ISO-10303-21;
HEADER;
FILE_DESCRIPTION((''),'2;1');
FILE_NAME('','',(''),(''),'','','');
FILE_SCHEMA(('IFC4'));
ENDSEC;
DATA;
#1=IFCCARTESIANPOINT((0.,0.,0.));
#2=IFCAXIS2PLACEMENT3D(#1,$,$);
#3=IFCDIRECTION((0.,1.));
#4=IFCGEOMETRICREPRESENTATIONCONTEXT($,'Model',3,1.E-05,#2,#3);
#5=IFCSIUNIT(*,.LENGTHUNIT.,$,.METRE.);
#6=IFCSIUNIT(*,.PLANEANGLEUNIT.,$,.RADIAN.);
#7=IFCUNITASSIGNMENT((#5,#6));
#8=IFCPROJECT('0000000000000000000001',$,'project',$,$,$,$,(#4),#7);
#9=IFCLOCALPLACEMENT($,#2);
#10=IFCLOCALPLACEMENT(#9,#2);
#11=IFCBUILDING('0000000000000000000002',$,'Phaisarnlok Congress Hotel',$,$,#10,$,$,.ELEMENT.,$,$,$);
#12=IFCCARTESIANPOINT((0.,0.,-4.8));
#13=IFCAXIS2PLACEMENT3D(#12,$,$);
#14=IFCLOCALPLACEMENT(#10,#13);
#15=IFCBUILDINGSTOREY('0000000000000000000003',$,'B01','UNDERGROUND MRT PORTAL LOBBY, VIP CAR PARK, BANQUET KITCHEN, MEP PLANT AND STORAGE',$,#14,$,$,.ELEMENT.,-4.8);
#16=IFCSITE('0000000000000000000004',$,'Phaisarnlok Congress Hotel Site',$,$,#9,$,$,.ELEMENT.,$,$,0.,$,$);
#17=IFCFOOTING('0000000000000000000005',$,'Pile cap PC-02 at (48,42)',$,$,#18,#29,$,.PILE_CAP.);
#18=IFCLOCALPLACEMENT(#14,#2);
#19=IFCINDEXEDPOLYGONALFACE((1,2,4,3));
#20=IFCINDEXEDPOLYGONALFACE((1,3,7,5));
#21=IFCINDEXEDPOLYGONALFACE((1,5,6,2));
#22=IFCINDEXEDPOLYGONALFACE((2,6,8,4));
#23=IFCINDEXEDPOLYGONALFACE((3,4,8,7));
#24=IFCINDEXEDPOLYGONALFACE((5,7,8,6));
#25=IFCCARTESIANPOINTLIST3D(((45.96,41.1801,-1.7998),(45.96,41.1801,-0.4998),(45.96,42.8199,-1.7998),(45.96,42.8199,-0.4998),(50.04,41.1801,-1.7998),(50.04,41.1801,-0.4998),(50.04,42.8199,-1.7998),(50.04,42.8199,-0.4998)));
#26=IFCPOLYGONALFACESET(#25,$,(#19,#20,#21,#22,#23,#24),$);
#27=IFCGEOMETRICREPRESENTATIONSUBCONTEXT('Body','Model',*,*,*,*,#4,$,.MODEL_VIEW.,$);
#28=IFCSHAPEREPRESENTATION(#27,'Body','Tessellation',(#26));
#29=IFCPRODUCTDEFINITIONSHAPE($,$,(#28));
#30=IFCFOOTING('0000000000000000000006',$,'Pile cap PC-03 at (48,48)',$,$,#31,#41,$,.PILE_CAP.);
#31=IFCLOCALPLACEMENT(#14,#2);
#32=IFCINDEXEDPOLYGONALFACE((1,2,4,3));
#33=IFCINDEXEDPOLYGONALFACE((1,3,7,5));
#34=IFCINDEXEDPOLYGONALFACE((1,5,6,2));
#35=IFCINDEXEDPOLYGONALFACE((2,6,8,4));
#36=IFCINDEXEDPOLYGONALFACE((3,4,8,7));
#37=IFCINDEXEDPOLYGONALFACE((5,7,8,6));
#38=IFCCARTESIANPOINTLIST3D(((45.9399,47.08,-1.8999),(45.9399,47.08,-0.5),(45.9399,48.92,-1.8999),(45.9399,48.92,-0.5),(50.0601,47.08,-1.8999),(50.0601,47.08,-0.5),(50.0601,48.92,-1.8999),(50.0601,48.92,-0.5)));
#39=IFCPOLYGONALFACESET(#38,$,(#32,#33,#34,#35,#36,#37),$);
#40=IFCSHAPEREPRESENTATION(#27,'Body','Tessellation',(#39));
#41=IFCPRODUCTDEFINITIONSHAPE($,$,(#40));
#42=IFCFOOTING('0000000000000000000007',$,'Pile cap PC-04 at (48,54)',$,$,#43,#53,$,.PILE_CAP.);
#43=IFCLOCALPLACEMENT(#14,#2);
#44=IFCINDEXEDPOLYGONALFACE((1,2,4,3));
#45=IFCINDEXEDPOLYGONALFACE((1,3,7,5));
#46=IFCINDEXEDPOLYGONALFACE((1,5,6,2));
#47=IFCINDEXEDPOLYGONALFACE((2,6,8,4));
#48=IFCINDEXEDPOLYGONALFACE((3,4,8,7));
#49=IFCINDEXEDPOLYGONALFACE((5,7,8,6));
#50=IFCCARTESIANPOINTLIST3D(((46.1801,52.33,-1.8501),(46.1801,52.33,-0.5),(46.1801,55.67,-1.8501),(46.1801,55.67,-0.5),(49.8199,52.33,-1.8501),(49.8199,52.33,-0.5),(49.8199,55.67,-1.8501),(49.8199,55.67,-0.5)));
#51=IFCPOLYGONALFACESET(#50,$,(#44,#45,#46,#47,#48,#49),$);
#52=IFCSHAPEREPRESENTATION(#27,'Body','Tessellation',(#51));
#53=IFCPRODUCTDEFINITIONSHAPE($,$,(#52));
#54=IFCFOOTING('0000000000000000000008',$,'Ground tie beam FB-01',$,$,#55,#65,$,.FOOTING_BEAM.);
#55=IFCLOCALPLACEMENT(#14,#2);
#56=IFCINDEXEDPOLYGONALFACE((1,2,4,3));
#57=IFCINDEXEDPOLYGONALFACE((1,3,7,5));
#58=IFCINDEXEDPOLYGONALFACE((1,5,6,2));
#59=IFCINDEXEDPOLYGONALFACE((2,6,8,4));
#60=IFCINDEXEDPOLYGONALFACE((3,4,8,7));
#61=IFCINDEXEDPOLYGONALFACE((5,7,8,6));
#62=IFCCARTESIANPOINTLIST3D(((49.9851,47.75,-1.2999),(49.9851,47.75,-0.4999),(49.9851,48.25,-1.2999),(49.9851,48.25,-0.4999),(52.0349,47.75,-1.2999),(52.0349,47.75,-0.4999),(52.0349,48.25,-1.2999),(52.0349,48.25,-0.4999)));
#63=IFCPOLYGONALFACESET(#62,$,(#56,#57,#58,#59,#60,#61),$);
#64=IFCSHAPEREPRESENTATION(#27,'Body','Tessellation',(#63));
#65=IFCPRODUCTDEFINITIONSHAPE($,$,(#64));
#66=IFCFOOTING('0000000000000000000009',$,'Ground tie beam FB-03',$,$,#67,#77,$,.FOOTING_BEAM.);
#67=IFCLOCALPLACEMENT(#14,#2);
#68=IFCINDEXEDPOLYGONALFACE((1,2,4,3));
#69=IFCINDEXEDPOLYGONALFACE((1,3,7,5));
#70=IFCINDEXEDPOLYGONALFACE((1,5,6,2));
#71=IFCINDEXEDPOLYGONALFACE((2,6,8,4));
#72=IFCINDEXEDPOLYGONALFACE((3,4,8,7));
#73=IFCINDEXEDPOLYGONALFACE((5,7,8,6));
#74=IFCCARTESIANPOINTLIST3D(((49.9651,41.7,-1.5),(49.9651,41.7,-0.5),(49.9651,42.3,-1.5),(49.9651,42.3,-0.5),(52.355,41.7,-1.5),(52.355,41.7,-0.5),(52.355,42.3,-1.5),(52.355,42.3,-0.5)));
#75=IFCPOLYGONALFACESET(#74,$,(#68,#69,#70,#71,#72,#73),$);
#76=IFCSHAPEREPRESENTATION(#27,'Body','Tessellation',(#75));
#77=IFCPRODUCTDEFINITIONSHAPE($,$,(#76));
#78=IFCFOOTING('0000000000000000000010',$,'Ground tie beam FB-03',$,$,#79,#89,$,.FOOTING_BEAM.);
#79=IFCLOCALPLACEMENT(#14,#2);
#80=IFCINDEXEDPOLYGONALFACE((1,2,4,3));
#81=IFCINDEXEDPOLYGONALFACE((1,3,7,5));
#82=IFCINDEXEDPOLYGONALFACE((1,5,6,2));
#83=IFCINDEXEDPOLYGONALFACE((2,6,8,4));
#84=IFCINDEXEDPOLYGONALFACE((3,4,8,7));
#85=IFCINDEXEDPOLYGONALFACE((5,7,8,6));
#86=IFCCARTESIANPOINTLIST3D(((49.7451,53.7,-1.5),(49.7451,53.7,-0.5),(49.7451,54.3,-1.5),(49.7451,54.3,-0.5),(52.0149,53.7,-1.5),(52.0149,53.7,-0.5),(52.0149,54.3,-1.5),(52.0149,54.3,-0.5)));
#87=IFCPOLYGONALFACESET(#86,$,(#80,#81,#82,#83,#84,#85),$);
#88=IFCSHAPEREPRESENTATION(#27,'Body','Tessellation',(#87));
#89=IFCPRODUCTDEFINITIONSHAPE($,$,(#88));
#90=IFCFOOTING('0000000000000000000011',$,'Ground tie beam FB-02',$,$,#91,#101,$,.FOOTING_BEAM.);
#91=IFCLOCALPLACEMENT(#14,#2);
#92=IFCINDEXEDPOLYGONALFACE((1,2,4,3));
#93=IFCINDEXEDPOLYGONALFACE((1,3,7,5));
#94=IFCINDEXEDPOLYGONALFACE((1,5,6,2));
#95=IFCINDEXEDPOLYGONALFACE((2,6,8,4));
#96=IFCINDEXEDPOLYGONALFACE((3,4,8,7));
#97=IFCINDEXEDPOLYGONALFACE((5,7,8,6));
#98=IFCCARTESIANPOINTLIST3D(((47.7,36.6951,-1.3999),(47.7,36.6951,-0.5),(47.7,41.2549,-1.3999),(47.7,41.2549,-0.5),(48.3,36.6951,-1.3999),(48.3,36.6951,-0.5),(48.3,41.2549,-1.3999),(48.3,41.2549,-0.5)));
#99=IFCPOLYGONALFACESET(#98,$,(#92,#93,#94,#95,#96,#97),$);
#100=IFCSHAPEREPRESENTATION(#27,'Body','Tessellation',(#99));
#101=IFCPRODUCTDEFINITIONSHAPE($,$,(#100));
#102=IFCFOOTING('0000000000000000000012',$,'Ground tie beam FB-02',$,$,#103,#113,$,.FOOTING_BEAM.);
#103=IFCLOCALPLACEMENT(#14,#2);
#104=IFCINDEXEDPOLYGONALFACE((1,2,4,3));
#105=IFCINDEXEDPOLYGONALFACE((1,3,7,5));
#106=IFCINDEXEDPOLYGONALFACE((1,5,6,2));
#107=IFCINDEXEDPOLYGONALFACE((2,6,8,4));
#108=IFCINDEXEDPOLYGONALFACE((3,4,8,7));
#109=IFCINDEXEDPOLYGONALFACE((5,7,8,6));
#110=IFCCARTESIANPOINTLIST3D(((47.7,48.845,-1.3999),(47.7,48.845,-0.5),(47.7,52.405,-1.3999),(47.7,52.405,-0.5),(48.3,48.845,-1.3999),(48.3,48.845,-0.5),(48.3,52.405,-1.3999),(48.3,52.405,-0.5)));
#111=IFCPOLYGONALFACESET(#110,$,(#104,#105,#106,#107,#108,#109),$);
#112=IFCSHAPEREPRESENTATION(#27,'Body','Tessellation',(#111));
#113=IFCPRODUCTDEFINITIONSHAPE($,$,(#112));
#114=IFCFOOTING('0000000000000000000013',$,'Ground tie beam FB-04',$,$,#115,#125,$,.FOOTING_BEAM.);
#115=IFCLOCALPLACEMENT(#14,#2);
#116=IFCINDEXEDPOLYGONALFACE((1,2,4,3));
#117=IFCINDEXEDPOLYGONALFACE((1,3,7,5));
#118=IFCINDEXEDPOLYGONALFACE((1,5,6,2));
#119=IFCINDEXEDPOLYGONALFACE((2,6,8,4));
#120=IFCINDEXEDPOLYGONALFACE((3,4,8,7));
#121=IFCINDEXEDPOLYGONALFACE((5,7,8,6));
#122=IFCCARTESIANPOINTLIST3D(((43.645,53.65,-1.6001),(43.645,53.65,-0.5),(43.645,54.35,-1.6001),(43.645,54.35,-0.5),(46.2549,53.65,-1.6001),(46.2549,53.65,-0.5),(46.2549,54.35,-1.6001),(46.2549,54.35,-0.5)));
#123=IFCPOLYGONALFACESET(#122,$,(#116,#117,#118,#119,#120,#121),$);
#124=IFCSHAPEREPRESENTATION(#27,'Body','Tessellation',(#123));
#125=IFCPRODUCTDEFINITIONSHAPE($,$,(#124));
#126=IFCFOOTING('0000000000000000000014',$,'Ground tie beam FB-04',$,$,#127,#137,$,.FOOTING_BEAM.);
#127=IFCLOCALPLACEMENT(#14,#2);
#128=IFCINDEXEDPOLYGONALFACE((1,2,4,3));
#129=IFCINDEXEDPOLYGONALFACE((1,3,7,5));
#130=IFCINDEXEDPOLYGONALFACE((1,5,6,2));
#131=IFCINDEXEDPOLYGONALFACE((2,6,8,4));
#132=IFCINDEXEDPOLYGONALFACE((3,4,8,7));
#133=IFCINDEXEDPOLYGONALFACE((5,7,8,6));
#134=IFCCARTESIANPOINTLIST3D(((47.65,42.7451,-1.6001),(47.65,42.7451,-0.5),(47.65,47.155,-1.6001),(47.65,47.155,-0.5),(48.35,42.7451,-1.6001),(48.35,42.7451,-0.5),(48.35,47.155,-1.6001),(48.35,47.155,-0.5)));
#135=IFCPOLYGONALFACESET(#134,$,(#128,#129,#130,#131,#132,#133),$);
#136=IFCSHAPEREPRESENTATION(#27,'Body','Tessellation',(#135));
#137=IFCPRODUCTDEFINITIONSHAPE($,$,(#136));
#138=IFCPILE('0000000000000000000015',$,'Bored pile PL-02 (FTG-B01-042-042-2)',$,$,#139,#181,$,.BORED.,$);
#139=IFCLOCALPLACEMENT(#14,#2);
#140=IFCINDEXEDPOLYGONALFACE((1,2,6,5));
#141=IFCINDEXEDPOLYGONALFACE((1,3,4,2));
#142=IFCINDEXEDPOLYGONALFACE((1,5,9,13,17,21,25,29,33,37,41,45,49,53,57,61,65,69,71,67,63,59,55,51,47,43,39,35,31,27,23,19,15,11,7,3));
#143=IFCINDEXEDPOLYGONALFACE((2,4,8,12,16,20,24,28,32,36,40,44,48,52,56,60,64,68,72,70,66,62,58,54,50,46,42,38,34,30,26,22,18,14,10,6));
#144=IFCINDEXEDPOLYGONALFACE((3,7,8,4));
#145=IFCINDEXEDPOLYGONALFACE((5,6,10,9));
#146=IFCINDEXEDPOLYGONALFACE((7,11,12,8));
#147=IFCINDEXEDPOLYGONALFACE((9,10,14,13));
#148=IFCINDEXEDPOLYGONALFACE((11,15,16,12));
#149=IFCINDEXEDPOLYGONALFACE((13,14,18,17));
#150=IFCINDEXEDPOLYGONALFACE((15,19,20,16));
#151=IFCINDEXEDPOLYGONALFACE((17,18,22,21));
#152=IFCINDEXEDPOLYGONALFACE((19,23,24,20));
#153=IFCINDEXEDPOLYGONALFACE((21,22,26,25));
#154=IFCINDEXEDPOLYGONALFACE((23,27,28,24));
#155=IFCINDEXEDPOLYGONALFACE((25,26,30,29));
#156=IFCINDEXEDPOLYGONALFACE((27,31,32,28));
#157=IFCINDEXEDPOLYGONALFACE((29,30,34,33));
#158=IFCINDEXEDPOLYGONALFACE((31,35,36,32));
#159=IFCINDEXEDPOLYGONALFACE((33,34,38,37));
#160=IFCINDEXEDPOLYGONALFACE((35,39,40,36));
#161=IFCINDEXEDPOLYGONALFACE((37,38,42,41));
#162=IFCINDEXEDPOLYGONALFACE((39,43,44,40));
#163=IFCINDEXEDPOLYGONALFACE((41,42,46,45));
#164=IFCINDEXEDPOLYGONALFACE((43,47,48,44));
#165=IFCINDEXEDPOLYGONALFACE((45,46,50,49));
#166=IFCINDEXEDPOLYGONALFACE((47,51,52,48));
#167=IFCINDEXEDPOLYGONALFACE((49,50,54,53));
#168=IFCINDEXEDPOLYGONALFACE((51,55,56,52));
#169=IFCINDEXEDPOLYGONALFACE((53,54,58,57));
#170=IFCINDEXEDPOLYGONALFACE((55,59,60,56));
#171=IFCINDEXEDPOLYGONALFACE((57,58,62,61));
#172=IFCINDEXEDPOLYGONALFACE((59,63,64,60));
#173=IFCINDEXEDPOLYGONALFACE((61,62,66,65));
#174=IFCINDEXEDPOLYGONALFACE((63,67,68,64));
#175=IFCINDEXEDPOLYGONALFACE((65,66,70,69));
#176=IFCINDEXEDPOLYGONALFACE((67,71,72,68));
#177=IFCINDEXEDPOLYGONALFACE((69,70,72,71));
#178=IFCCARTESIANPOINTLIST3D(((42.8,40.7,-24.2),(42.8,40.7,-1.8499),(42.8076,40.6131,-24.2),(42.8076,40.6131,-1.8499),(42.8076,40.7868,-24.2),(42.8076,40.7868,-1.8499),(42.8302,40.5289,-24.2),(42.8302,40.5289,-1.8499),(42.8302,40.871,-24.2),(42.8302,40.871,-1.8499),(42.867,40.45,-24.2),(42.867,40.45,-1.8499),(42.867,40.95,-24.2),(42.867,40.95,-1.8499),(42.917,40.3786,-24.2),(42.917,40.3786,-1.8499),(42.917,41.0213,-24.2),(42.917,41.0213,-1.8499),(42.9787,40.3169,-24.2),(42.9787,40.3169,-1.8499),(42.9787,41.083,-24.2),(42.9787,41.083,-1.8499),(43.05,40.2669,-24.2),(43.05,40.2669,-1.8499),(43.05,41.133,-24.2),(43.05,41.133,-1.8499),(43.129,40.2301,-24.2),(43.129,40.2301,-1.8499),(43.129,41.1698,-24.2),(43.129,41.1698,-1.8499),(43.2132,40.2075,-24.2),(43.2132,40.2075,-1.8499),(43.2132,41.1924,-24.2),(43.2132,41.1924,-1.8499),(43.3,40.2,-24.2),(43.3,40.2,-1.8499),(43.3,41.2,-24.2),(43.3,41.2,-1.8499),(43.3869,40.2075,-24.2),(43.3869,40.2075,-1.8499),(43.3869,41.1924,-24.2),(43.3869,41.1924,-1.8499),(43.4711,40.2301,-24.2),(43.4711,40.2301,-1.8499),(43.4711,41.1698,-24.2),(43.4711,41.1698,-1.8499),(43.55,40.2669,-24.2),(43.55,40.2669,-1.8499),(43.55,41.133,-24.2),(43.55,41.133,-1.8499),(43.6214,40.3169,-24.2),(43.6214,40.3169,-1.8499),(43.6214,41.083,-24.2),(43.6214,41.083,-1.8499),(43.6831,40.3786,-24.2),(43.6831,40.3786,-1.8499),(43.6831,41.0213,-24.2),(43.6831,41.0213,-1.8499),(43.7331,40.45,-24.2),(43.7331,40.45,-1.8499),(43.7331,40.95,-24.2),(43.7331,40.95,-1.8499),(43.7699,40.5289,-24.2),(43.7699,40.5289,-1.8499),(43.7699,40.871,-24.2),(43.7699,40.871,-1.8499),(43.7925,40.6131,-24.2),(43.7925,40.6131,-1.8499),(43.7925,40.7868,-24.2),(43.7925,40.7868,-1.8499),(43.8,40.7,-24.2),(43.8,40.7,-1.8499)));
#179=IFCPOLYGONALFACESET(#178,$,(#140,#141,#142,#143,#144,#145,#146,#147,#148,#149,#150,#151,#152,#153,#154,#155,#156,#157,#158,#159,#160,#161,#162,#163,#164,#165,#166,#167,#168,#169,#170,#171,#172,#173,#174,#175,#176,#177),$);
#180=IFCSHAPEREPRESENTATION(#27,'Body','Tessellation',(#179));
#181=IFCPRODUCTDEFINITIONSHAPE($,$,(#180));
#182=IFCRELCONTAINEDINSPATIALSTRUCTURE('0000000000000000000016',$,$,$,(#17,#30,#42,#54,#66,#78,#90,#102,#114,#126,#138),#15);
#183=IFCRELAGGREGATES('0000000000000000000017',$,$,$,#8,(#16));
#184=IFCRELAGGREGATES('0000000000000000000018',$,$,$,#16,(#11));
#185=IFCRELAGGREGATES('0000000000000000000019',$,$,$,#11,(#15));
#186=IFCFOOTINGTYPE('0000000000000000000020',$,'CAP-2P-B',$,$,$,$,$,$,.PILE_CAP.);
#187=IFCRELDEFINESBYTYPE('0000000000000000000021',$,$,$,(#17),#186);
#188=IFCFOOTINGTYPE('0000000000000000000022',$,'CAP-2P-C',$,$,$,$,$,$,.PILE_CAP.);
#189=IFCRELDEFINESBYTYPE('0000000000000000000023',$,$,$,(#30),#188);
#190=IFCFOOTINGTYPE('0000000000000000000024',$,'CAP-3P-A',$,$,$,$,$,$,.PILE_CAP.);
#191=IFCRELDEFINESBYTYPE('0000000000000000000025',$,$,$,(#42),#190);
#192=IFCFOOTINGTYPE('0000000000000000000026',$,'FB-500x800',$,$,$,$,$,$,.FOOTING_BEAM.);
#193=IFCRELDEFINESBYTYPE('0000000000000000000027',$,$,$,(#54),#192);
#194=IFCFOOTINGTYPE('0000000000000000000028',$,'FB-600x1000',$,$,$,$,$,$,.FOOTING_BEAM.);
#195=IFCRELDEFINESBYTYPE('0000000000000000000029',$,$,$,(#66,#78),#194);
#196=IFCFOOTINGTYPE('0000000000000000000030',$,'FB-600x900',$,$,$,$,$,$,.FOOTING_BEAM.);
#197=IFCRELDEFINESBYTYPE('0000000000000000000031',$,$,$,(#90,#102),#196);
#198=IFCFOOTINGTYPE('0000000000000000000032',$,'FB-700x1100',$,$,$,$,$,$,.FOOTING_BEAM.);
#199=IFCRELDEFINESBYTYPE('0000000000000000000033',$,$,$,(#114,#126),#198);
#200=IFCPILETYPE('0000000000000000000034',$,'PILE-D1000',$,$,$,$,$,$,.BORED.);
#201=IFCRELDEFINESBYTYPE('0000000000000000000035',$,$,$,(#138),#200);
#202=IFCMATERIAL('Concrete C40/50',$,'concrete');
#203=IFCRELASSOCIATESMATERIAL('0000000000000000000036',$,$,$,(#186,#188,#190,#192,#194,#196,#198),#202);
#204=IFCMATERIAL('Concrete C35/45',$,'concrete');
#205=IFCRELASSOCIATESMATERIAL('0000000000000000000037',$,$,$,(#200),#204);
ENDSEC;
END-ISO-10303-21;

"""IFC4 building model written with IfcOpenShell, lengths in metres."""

from ifc_helpers import new_model, si_unit, direction, frame, origin, origin_2d, place, context, subcontext, project, spatial, rectangle, circle, extrude, material, material_profile, profile_set, type_object, element, save


model = new_model("IFC4")

# Units and contexts
model_context = context("Model", 3, precision=1e-05, world=origin(), true_north=direction((0.0, 1.0)))
body_context = subcontext(model_context, "Body", "Model", "MODEL_VIEW")
ifc_project = project(units=[si_unit("LENGTHUNIT", "METRE"), si_unit("PLANEANGLEUNIT", "RADIAN")], contexts=[model_context])

# Site, building, storey
site_placement = place(None, origin())
site = spatial("IfcSite", under=ifc_project, at=site_placement, Name="Phaisarnlok Congress Hotel Site", CompositionType="ELEMENT", RefElevation=0.0)
building_placement = place(site_placement, origin())
building = spatial("IfcBuilding", under=site, at=building_placement, Name="Phaisarnlok Congress Hotel", CompositionType="ELEMENT")
storey_placement = place(building_placement, frame((0.0, 0.0, -4.8)))
storey = spatial("IfcBuildingStorey", under=building, at=storey_placement, Name="B01", Description="UNDERGROUND MRT PORTAL LOBBY, VIP CAR PARK, BANQUET KITCHEN, MEP PLANT AND STORAGE", CompositionType="ELEMENT", Elevation=-4.8)

# Footings
ifc_material_1 = material(Name="Concrete C40/50", Category="concrete")
footing_type_1 = type_object("IfcFootingType", Name="CAP-2P-B", PredefinedType="PILE_CAP", material=ifc_material_1)
footing_1_placement = place(storey_placement, frame((48.0, 42.0, -1.7998), z_axis=(0.0, 0.0, 1.0), x_axis=(1.0, 0.0, 0.0)))
element("IfcFooting", 1, at=footing_1_placement, inside=storey, type_object=footing_type_1, Name="Pile cap PC-02 at (48,42)", PredefinedType="PILE_CAP", context=body_context, shape_type="SweptSolid", body=[
    extrude(rectangle(XDim=4.0801, YDim=1.6399, at=origin_2d()), origin(), (0.0, 0.0, 1.0), 1.3),
])
footing_type_2 = type_object("IfcFootingType", Name="CAP-2P-C", PredefinedType="PILE_CAP", material=ifc_material_1)
footing_2_placement = place(storey_placement, frame((48.0, 48.0, -1.8999), z_axis=(0.0, 0.0, 1.0), x_axis=(1.0, 0.0, 0.0)))
element("IfcFooting", 2, at=footing_2_placement, inside=storey, type_object=footing_type_2, Name="Pile cap PC-03 at (48,48)", PredefinedType="PILE_CAP", context=body_context, shape_type="SweptSolid", body=[
    extrude(rectangle(XDim=4.1201, YDim=1.8401, at=origin_2d()), origin(), (0.0, 0.0, 1.0), 1.3999),
])
footing_type_3 = type_object("IfcFootingType", Name="CAP-3P-A", PredefinedType="PILE_CAP", material=ifc_material_1)
footing_3_placement = place(storey_placement, frame((48.0, 54.0, -1.8501), z_axis=(0.0, 0.0, 1.0), x_axis=(1.0, 0.0, 0.0)))
element("IfcFooting", 3, at=footing_3_placement, inside=storey, type_object=footing_type_3, Name="Pile cap PC-04 at (48,54)", PredefinedType="PILE_CAP", context=body_context, shape_type="SweptSolid", body=[
    extrude(rectangle(XDim=3.6399, YDim=3.3401, at=origin_2d()), origin(), (0.0, 0.0, 1.0), 1.3501),
])
ifc_material_profile_1 = material_profile(ifc_material_1, rectangle(XDim=0.5, YDim=0.8, at=origin_2d()), Name="FB-500x800")
ifc_profile_set_1 = profile_set([ifc_material_profile_1], Name="Concrete C40/50")
footing_type_4 = type_object("IfcFootingType", Name="FB-500x800", PredefinedType="FOOTING_BEAM", material=ifc_profile_set_1)
footing_4_placement = place(storey_placement, frame((49.9851, 48.0, -0.8999), z_axis=(1.0, 0.0, 0.0), x_axis=(0.0, 1.0, 0.0)))
element("IfcFooting", 4, at=footing_4_placement, inside=storey, type_object=footing_type_4, Name="Ground tie beam FB-01", PredefinedType="FOOTING_BEAM", context=body_context, shape_type="SweptSolid", body=[
    extrude(rectangle(XDim=0.5, YDim=0.8, at=origin_2d()), origin(), (0.0, 0.0, 1.0), 2.0498),
])
ifc_material_profile_2 = material_profile(ifc_material_1, rectangle(XDim=0.6001, YDim=1.0, at=origin_2d()), Name="FB-600x1000")
ifc_profile_set_2 = profile_set([ifc_material_profile_2], Name="Concrete C40/50")
footing_type_5 = type_object("IfcFootingType", Name="FB-600x1000", PredefinedType="FOOTING_BEAM", material=ifc_profile_set_2)
footing_5_placement = place(storey_placement, frame((49.9651, 42.0, -1.0), z_axis=(1.0, 0.0, 0.0), x_axis=(0.0, 1.0, 0.0)))
element("IfcFooting", 5, at=footing_5_placement, inside=storey, type_object=footing_type_5, Name="Ground tie beam FB-03", PredefinedType="FOOTING_BEAM", context=body_context, shape_type="SweptSolid", body=[
    extrude(rectangle(XDim=0.6001, YDim=1.0, at=origin_2d()), origin(), (0.0, 0.0, 1.0), 2.3899),
])
footing_6_placement = place(storey_placement, frame((49.7451, 54.0, -1.0), z_axis=(1.0, 0.0, 0.0), x_axis=(0.0, 1.0, 0.0)))
element("IfcFooting", 6, at=footing_6_placement, inside=storey, type_object=footing_type_5, Name="Ground tie beam FB-03", PredefinedType="FOOTING_BEAM", context=body_context, shape_type="SweptSolid", body=[
    extrude(rectangle(XDim=0.6001, YDim=1.0, at=origin_2d()), origin(), (0.0, 0.0, 1.0), 2.2698),
])
ifc_material_profile_3 = material_profile(ifc_material_1, rectangle(XDim=0.6001, YDim=0.8999, at=origin_2d()), Name="FB-600x900")
ifc_profile_set_3 = profile_set([ifc_material_profile_3], Name="Concrete C40/50")
footing_type_6 = type_object("IfcFootingType", Name="FB-600x900", PredefinedType="FOOTING_BEAM", material=ifc_profile_set_3)
footing_7_placement = place(storey_placement, frame((48.0, 36.6951, -0.95), z_axis=(0.0, 1.0, 0.0), x_axis=(-1.0, 0.0, 0.0)))
element("IfcFooting", 7, at=footing_7_placement, inside=storey, type_object=footing_type_6, Name="Ground tie beam FB-02", PredefinedType="FOOTING_BEAM", context=body_context, shape_type="SweptSolid", body=[
    extrude(rectangle(XDim=0.6001, YDim=0.8999, at=origin_2d()), origin(), (0.0, 0.0, 1.0), 4.5598),
])
footing_8_placement = place(storey_placement, frame((48.0, 48.845, -0.95), z_axis=(0.0, 1.0, 0.0), x_axis=(-1.0, 0.0, 0.0)))
element("IfcFooting", 8, at=footing_8_placement, inside=storey, type_object=footing_type_6, Name="Ground tie beam FB-02", PredefinedType="FOOTING_BEAM", context=body_context, shape_type="SweptSolid", body=[
    extrude(rectangle(XDim=0.6001, YDim=0.8999, at=origin_2d()), origin(), (0.0, 0.0, 1.0), 3.5601),
])
ifc_material_profile_4 = material_profile(ifc_material_1, rectangle(XDim=0.7, YDim=1.1001, at=origin_2d()), Name="FB-700x1100")
ifc_profile_set_4 = profile_set([ifc_material_profile_4], Name="Concrete C40/50")
footing_type_7 = type_object("IfcFootingType", Name="FB-700x1100", PredefinedType="FOOTING_BEAM", material=ifc_profile_set_4)
footing_9_placement = place(storey_placement, frame((43.645, 54.0, -1.05), z_axis=(1.0, 0.0, 0.0), x_axis=(0.0, 1.0, 0.0)))
element("IfcFooting", 9, at=footing_9_placement, inside=storey, type_object=footing_type_7, Name="Ground tie beam FB-04", PredefinedType="FOOTING_BEAM", context=body_context, shape_type="SweptSolid", body=[
    extrude(rectangle(XDim=0.7, YDim=1.1001, at=origin_2d()), origin(), (0.0, 0.0, 1.0), 2.6099),
])
footing_10_placement = place(storey_placement, frame((48.0, 42.7451, -1.05), z_axis=(0.0, 1.0, 0.0), x_axis=(-1.0, 0.0, 0.0)))
element("IfcFooting", 10, at=footing_10_placement, inside=storey, type_object=footing_type_7, Name="Ground tie beam FB-04", PredefinedType="FOOTING_BEAM", context=body_context, shape_type="SweptSolid", body=[
    extrude(rectangle(XDim=0.7, YDim=1.1001, at=origin_2d()), origin(), (0.0, 0.0, 1.0), 4.4099),
])

# Pile
ifc_material_2 = material(Name="Concrete C35/45", Category="concrete")
ifc_material_profile_5 = material_profile(ifc_material_2, circle(Radius=0.5, at=origin_2d()), Name="BORED PILE D1000")
ifc_profile_set_5 = profile_set([ifc_material_profile_5], Name="Concrete C35/45")
pile_type_1 = type_object("IfcPileType", Name="PILE-D1000", PredefinedType="BORED", material=ifc_profile_set_5)
for number, where, z_axis, x_axis, name in (
    (11, (43.3, 40.7, -1.8499), (0.0, 0.0, -1.0), (1.0, 0.0, 0.0), "Bored pile PL-02 (FTG-B01-042-042-2)"),
):
    element("IfcPile", number, at=place(storey_placement, frame(where, z_axis=z_axis, x_axis=x_axis)), inside=storey, type_object=pile_type_1, Name=name, PredefinedType="BORED", context=body_context, shape_type="SweptSolid", body=[
        extrude(circle(Radius=0.5, at=origin_2d()), origin(), (0.0, 0.0, 1.0), 22.3501),
    ])

save(model, "model.ifc")
